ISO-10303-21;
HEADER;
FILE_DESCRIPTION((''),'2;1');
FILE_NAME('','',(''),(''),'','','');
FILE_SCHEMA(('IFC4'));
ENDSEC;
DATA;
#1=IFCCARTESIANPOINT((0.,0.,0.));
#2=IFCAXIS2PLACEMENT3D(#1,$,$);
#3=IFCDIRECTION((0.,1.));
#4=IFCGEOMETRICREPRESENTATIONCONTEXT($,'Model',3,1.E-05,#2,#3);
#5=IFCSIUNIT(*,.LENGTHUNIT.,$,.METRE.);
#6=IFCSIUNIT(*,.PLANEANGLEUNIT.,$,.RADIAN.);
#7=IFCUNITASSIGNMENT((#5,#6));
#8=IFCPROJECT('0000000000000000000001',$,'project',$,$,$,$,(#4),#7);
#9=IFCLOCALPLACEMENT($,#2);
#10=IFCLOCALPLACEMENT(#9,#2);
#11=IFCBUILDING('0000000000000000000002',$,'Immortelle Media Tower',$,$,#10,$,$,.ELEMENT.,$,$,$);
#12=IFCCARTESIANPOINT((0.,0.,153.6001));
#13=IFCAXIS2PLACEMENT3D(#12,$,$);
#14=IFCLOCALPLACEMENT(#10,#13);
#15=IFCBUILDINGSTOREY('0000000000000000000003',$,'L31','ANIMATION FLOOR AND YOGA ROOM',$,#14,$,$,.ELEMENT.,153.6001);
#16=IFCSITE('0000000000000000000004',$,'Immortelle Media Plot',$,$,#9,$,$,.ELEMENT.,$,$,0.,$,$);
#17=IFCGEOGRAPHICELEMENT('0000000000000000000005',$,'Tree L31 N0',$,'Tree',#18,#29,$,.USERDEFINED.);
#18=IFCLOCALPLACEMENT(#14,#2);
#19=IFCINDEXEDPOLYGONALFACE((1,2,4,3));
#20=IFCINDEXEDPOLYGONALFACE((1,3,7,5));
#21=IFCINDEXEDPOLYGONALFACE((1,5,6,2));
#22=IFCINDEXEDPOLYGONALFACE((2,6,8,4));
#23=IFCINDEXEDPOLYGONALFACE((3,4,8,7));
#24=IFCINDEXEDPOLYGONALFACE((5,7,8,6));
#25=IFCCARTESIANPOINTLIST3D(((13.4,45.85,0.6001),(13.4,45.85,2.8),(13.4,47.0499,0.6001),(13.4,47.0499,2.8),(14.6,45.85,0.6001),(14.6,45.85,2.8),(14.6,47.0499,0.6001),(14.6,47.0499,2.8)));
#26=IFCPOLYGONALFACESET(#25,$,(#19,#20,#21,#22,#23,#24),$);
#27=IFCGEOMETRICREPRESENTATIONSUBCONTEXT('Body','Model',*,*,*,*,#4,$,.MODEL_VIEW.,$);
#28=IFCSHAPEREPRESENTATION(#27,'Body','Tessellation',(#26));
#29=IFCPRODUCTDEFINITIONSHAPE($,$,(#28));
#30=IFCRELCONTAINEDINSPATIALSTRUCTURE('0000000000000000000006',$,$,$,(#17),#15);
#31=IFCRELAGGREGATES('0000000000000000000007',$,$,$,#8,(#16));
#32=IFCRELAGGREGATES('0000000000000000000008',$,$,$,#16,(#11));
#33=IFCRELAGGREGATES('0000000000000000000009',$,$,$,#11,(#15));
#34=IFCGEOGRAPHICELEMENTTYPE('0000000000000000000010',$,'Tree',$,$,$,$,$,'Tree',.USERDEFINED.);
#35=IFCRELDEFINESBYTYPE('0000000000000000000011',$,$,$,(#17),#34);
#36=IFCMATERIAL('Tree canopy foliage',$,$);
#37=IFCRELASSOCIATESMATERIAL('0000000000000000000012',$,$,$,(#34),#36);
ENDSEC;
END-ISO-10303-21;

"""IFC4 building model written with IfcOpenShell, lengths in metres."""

from ifc_helpers import new_model, si_unit, direction, frame, origin, origin_2d, place, context, subcontext, project, spatial, rectangle, extrude, material, type_object, element, save


model = new_model("IFC4")

# Units and contexts
model_context = context("Model", 3, precision=1e-05, world=origin(), true_north=direction((0.0, 1.0)))
body_context = subcontext(model_context, "Body", "Model", "MODEL_VIEW")
ifc_project = project(units=[si_unit("LENGTHUNIT", "METRE"), si_unit("PLANEANGLEUNIT", "RADIAN")], contexts=[model_context])

# Site, building, storey
site_placement = place(None, origin())
site = spatial("IfcSite", under=ifc_project, at=site_placement, Name="Immortelle Media Plot", CompositionType="ELEMENT", RefElevation=0.0)
building_placement = place(site_placement, origin())
building = spatial("IfcBuilding", under=site, at=building_placement, Name="Immortelle Media Tower", CompositionType="ELEMENT")
storey_placement = place(building_placement, frame((0.0, 0.0, 153.6001)))
storey = spatial("IfcBuildingStorey", under=building, at=storey_placement, Name="L31", Description="ANIMATION FLOOR AND YOGA ROOM", CompositionType="ELEMENT", Elevation=153.6001)

# Geographic element
ifc_material_1 = material(Name="Tree canopy foliage")
geographic_element_type = type_object("IfcGeographicElementType", Name="Tree", ElementType="Tree", PredefinedType="USERDEFINED", material=ifc_material_1)
geographic_element_placement = place(storey_placement, frame((14.0, 46.45, 0.6001), z_axis=(0.0, 0.0, 1.0), x_axis=(1.0, 0.0, 0.0)))
element("IfcGeographicElement", 1, at=geographic_element_placement, inside=storey, type_object=geographic_element_type, Name="Tree L31 N0", ObjectType="Tree", PredefinedType="USERDEFINED", context=body_context, shape_type="SweptSolid", body=[
    extrude(rectangle(XDim=1.2, YDim=1.2, at=origin_2d()), origin(), (0.0, 0.0, 1.0), 2.2),
])

save(model, "model.ifc")
